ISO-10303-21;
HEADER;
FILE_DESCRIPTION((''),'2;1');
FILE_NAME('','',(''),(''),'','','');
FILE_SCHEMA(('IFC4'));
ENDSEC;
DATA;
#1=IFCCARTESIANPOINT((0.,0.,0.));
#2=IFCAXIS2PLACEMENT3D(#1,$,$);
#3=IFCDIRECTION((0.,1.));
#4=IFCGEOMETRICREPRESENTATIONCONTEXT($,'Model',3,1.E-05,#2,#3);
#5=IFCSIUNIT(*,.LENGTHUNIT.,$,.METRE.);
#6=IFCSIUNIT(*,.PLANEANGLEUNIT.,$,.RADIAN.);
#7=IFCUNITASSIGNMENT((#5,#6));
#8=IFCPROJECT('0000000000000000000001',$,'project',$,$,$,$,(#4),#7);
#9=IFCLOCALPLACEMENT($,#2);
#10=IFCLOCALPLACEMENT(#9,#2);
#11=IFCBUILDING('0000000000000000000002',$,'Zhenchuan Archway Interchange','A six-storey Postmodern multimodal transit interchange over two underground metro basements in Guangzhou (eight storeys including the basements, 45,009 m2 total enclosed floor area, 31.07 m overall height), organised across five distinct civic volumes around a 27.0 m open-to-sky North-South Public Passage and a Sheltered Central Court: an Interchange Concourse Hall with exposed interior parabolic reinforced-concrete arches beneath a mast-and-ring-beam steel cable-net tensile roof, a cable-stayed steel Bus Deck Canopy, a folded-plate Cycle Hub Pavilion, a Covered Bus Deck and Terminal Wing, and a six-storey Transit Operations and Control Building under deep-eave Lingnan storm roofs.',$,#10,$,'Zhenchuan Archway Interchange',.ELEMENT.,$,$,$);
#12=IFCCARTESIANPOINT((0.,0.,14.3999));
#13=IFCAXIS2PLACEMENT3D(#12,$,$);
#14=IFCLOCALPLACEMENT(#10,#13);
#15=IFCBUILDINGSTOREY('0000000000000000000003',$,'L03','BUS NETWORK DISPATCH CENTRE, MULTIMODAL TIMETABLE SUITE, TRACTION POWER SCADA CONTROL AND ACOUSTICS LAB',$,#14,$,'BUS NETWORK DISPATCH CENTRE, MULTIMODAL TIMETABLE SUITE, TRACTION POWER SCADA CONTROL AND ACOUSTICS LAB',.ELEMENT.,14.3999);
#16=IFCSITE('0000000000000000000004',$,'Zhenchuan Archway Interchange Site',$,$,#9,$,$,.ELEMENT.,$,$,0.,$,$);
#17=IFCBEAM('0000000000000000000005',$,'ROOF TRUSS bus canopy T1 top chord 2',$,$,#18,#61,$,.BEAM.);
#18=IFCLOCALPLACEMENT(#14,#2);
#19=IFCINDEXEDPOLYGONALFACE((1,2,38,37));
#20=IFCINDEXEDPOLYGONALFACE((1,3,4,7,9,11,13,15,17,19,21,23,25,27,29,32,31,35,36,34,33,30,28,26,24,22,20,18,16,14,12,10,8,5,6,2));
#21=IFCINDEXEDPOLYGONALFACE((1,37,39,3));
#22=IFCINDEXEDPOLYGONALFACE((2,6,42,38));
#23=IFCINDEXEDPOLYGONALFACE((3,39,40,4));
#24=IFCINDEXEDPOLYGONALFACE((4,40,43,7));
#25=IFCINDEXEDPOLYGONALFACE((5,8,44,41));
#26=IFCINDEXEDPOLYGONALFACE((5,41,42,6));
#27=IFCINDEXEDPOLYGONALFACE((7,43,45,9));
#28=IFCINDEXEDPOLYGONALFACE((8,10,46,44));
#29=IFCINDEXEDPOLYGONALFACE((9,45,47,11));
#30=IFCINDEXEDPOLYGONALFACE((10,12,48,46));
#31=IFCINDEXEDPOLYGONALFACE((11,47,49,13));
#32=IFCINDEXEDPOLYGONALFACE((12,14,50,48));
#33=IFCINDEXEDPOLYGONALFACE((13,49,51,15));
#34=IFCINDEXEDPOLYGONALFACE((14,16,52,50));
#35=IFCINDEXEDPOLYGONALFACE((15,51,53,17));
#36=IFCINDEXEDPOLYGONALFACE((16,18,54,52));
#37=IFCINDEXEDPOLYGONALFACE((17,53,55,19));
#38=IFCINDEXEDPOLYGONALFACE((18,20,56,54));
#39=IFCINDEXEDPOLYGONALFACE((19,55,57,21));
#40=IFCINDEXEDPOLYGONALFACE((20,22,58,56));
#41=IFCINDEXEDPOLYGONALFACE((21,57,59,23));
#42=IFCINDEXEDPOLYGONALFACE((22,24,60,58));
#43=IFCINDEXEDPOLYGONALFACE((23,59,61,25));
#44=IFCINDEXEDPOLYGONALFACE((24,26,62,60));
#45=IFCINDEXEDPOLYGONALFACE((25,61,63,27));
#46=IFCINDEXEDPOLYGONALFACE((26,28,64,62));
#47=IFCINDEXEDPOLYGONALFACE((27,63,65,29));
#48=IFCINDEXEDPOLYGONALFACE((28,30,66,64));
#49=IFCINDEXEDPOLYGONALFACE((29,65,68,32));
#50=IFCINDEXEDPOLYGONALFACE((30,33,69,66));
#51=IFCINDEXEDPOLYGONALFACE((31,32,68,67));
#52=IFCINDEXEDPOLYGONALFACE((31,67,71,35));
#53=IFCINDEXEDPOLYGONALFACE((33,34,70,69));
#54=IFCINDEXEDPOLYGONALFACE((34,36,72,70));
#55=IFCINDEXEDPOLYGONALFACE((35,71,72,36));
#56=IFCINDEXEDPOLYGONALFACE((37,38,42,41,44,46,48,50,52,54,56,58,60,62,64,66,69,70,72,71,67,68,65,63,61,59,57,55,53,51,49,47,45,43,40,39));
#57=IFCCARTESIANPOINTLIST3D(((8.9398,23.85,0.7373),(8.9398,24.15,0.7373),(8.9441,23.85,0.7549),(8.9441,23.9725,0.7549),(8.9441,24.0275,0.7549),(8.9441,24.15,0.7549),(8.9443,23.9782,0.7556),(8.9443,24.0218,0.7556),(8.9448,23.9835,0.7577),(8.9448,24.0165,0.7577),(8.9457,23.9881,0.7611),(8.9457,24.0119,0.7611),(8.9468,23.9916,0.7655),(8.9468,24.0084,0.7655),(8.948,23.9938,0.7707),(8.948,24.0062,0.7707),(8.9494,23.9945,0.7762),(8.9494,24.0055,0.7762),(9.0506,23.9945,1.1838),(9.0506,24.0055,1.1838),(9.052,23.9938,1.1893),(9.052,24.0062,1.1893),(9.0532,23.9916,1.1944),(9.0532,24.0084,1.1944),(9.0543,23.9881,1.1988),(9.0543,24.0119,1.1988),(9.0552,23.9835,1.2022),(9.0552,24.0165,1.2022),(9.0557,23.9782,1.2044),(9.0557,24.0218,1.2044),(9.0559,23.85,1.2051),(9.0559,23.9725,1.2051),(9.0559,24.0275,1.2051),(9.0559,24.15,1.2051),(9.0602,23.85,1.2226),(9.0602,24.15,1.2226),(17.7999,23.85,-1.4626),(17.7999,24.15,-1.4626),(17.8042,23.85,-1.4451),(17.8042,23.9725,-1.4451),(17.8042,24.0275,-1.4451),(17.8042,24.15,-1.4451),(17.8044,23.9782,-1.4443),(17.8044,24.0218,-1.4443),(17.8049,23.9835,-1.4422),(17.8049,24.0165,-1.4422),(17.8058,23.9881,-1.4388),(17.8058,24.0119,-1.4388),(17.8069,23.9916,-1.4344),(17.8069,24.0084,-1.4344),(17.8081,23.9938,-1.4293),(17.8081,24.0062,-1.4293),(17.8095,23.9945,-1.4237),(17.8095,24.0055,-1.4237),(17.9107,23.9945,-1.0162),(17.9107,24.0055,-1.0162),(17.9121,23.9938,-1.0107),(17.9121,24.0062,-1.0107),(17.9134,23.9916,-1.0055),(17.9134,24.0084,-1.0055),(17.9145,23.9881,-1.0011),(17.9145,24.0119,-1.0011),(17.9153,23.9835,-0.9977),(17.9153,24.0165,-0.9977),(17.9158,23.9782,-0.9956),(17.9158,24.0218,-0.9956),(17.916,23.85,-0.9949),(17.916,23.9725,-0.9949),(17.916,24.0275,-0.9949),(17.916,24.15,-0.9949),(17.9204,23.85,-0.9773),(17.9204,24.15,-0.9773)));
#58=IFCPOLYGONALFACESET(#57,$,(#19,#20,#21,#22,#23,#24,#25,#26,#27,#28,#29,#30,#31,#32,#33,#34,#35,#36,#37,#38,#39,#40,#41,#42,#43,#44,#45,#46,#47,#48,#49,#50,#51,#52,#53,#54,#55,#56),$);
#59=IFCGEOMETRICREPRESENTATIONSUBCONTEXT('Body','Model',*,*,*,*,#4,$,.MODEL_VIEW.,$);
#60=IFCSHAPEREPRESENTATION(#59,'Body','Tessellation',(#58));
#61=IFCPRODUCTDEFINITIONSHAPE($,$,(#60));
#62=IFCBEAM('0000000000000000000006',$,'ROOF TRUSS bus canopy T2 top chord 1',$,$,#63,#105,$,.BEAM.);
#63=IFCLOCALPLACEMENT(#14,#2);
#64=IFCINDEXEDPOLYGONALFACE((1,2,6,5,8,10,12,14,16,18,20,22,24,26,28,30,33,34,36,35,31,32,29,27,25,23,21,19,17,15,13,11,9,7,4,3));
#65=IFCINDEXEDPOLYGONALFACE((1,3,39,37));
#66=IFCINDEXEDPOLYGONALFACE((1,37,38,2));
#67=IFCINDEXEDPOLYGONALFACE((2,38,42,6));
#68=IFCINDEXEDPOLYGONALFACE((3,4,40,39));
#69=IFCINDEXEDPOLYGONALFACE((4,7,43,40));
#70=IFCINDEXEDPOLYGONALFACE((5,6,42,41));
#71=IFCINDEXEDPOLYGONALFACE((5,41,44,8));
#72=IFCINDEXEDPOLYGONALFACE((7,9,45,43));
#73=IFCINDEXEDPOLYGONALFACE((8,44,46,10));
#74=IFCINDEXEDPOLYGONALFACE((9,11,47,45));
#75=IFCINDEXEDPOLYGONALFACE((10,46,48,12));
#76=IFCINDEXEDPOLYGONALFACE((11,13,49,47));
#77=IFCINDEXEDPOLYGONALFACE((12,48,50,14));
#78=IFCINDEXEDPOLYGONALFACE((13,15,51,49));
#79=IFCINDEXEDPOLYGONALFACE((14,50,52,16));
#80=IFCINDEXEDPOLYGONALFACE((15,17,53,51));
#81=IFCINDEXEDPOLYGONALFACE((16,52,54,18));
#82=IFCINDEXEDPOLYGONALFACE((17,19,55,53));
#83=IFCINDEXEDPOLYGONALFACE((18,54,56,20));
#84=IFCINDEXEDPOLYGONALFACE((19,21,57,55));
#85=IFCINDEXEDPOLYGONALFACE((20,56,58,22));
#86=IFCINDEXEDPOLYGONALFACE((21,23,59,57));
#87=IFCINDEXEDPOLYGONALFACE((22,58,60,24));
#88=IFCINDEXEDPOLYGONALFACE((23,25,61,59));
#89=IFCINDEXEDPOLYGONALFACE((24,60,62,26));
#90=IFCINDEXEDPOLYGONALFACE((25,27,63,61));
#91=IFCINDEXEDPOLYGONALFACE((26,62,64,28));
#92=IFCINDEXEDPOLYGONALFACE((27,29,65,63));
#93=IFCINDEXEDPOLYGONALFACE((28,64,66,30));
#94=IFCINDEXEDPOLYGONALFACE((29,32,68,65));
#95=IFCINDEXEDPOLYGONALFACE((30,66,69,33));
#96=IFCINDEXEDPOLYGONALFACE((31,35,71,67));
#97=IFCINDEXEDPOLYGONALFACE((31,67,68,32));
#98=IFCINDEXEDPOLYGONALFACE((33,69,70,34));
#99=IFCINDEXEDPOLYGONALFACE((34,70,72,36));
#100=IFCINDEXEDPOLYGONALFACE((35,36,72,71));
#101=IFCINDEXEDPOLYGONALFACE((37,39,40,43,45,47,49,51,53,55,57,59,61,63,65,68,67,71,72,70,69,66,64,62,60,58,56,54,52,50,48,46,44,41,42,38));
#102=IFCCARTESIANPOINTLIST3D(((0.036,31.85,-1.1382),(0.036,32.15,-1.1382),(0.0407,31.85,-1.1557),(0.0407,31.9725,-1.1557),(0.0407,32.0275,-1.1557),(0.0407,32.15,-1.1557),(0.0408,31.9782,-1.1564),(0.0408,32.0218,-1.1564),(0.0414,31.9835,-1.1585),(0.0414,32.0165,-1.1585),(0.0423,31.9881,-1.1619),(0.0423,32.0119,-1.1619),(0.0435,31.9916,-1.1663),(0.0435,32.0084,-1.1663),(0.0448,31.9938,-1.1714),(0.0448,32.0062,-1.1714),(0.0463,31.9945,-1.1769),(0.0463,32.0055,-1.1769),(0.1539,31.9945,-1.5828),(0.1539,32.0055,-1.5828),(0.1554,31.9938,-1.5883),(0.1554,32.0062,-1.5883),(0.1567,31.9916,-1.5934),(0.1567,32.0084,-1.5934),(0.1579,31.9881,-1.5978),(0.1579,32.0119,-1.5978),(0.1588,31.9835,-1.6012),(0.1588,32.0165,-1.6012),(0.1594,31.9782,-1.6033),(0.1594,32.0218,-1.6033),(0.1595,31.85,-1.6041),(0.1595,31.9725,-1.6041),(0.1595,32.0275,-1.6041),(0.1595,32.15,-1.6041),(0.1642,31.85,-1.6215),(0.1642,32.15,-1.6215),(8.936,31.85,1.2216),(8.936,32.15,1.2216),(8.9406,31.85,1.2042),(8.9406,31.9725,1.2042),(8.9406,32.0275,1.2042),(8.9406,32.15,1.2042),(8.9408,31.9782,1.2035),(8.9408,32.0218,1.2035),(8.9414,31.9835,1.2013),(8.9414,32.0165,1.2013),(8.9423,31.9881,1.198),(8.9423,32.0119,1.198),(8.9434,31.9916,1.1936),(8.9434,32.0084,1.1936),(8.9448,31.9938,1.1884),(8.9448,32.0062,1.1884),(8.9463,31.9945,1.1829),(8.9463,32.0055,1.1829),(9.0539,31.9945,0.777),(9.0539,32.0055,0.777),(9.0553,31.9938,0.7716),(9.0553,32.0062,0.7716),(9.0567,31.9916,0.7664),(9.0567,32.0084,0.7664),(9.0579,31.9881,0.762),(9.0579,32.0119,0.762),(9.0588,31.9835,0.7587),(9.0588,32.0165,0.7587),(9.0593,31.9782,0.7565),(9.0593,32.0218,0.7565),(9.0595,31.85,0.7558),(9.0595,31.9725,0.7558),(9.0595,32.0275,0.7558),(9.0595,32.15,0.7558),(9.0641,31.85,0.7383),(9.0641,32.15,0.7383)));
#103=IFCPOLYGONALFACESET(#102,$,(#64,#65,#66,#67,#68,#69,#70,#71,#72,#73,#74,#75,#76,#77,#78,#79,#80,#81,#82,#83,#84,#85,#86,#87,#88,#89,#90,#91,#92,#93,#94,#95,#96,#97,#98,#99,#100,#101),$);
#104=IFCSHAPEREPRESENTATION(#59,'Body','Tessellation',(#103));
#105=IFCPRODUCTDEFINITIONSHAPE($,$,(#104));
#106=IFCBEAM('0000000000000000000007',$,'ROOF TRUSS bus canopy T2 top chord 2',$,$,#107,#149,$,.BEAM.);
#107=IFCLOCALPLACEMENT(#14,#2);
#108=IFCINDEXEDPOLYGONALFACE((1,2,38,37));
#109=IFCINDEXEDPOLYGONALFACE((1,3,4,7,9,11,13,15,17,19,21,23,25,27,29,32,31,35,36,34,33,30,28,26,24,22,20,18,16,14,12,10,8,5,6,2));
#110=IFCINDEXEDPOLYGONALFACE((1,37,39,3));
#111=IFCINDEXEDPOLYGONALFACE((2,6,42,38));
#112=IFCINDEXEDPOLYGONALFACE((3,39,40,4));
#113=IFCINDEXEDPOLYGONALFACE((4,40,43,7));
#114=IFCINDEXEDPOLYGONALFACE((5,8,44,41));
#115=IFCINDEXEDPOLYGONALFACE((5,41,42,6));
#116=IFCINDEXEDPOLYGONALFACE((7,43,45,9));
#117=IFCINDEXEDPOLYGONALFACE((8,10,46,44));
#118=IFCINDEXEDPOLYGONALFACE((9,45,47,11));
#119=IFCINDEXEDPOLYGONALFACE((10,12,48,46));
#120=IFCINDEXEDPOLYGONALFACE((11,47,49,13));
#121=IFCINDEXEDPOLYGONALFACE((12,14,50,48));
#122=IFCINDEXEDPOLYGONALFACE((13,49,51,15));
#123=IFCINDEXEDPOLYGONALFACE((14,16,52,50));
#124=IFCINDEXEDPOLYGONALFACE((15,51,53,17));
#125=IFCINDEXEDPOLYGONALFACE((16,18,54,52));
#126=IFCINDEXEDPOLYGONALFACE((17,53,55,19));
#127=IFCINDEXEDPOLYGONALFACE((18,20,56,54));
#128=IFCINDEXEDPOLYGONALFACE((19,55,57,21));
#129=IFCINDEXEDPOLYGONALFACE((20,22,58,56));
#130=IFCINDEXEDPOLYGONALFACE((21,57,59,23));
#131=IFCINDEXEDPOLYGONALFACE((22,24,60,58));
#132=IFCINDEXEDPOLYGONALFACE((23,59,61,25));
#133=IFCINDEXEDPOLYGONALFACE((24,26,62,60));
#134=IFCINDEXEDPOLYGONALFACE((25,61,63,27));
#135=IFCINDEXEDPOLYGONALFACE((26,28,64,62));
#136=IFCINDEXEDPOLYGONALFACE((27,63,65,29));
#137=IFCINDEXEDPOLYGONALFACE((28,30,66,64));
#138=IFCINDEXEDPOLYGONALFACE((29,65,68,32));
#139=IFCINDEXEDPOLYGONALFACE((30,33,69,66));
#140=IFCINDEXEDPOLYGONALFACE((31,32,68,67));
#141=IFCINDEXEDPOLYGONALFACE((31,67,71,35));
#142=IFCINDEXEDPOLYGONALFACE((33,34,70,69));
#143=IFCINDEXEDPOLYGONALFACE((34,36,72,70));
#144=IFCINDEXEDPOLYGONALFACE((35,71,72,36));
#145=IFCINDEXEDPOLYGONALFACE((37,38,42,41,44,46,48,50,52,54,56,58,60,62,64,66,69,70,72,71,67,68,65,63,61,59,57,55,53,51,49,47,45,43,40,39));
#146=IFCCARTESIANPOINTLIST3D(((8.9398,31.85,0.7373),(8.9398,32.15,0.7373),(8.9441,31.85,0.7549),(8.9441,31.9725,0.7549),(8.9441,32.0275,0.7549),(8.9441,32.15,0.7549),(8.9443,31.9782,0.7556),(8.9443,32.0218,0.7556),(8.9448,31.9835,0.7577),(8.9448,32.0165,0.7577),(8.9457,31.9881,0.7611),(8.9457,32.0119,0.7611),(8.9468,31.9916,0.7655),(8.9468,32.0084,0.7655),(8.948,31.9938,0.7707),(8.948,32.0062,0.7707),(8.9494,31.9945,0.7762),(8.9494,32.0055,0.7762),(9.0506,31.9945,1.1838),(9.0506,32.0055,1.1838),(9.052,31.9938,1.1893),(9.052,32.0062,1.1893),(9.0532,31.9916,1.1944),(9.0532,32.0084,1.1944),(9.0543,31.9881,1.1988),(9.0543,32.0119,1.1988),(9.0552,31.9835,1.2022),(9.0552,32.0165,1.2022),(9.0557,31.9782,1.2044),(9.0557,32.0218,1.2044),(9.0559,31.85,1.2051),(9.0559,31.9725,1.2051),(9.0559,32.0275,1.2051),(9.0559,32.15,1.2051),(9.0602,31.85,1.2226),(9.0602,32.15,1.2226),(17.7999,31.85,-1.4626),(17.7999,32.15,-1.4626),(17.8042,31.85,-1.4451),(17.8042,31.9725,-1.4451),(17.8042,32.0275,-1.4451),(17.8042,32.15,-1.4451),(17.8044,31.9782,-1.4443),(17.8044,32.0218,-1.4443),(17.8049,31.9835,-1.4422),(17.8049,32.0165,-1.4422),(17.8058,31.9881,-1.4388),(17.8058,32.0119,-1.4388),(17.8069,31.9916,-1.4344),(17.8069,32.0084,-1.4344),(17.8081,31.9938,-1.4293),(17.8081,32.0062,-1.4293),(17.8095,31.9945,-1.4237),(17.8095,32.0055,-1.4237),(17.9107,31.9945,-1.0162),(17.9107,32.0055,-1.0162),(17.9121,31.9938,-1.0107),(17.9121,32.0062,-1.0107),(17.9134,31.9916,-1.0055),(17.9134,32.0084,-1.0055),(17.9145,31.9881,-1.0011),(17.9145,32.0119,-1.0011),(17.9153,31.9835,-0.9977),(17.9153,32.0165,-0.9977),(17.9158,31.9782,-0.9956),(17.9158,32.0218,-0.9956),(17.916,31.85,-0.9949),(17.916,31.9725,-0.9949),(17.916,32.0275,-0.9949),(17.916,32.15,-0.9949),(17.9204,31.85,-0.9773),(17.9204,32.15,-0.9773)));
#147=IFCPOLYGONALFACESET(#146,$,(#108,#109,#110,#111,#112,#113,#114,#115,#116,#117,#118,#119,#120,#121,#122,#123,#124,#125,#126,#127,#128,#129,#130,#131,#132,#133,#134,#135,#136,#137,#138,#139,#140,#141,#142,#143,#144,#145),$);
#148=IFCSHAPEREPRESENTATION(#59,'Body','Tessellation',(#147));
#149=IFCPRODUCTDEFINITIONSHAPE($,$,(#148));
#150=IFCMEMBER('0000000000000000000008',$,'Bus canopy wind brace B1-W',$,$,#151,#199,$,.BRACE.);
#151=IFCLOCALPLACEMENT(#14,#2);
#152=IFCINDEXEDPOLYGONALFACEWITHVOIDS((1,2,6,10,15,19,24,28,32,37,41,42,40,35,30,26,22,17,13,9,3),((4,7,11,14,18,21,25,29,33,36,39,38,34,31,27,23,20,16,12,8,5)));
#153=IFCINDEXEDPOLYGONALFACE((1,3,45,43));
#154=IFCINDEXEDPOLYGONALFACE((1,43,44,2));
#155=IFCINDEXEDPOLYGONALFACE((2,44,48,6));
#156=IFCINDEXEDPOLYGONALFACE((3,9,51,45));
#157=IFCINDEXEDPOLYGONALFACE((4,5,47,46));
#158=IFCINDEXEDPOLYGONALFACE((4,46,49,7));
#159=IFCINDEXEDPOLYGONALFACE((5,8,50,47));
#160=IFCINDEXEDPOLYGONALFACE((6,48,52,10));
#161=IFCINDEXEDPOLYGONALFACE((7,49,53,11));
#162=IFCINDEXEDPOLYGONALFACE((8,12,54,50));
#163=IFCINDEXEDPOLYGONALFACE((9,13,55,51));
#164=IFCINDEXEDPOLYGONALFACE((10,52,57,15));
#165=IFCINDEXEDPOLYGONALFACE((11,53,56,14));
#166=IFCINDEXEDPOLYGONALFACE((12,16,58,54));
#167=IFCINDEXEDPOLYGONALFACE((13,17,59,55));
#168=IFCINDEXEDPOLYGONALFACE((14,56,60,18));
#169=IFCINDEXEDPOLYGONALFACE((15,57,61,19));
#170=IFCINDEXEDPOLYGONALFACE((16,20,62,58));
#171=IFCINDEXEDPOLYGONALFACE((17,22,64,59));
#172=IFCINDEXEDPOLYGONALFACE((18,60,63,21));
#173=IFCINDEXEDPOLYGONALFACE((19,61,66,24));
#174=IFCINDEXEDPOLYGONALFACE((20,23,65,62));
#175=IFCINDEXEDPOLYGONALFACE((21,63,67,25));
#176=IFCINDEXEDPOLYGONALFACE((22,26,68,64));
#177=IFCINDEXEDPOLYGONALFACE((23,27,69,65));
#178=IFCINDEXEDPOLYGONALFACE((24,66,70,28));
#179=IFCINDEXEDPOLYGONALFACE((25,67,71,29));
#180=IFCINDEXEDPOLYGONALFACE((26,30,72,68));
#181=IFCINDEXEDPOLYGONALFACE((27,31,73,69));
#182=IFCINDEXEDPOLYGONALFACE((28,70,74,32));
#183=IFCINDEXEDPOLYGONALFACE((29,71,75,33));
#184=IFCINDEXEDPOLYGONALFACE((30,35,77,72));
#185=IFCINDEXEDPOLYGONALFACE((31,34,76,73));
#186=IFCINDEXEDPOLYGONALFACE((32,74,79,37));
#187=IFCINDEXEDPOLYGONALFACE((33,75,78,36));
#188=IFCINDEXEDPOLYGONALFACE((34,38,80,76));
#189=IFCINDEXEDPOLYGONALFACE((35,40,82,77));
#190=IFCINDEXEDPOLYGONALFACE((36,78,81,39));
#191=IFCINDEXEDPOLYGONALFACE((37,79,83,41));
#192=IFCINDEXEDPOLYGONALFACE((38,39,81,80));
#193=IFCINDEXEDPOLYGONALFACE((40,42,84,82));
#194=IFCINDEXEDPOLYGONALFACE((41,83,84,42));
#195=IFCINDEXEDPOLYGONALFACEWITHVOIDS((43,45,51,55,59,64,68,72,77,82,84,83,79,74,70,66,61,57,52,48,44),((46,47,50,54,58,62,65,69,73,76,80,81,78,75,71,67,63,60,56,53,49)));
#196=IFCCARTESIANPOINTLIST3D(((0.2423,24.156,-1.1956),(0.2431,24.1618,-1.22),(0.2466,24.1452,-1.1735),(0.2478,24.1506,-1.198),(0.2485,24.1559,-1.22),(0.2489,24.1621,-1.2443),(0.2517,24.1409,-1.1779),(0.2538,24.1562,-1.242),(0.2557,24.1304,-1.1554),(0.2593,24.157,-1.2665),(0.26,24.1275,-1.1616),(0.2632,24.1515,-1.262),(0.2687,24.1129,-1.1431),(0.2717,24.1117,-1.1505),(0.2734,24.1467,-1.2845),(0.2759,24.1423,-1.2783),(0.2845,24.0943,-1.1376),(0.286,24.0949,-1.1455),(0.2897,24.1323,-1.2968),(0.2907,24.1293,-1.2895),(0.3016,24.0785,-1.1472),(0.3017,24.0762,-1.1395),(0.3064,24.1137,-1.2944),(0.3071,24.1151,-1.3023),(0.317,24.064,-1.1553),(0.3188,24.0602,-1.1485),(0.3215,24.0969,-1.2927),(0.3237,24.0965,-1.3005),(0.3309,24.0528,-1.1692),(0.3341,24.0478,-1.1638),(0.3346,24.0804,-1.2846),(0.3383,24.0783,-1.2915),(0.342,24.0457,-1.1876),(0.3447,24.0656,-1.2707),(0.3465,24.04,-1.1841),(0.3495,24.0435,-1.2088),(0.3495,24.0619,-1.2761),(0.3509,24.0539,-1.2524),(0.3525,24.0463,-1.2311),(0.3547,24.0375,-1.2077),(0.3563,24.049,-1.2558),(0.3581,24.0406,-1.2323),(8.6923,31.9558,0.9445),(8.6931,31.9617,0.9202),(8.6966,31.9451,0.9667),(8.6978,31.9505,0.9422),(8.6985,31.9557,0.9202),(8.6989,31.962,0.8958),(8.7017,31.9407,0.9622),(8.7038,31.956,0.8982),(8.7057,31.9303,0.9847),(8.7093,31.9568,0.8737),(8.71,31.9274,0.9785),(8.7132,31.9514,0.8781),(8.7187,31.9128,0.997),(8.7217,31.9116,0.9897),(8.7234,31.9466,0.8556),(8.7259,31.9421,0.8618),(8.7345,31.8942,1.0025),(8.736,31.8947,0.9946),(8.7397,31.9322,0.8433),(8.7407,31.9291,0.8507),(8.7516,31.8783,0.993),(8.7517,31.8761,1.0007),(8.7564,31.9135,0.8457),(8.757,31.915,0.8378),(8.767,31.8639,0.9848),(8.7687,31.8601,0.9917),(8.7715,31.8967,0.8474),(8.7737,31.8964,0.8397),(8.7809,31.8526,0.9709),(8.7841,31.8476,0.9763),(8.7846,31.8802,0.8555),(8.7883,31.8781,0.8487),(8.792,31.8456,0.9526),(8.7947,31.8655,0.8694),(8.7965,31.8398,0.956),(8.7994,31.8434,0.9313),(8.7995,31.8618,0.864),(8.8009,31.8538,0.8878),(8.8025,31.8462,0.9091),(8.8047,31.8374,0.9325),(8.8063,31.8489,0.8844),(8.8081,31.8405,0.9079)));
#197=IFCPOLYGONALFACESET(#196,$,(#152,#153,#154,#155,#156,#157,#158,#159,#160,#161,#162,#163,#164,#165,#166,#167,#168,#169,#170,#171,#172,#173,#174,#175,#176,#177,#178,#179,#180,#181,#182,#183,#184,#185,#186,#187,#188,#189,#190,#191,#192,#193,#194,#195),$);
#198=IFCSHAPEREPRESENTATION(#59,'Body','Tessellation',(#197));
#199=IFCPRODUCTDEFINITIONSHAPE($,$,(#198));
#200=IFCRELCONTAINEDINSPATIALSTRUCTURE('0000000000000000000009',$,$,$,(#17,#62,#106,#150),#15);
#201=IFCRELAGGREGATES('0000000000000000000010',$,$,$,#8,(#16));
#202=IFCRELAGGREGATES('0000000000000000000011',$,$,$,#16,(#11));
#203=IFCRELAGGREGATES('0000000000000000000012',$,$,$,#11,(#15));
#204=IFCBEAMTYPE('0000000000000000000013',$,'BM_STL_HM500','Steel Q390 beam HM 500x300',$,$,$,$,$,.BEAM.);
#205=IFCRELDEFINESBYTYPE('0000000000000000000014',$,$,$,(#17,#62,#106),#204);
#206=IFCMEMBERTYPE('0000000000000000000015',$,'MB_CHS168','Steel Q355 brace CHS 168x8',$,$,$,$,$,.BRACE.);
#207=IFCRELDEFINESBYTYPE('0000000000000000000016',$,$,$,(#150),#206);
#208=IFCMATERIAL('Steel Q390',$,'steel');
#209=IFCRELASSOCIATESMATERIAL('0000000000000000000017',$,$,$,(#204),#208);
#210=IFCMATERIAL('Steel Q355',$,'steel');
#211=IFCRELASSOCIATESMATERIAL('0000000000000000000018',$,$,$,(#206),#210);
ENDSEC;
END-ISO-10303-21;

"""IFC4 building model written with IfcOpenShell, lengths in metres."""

from ifc_helpers import new_model, si_unit, direction, frame, origin, origin_2d, place, context, subcontext, project, spatial, hollow_circle, i_section, extrude, material, material_profile, profile_set, type_object, element, save


model = new_model("IFC4")

# Units and contexts
model_context = context("Model", 3, precision=1e-05, world=origin(), true_north=direction((0.0, 1.0)))
body_context = subcontext(model_context, "Body", "Model", "MODEL_VIEW")
ifc_project = project(units=[si_unit("LENGTHUNIT", "METRE"), si_unit("PLANEANGLEUNIT", "RADIAN")], contexts=[model_context])

# Site, building, storey
site_placement = place(None, origin())
site = spatial("IfcSite", under=ifc_project, at=site_placement, Name="Zhenchuan Archway Interchange Site", CompositionType="ELEMENT", RefElevation=0.0)
building_placement = place(site_placement, origin())
building = spatial("IfcBuilding", under=site, at=building_placement, Name="Zhenchuan Archway Interchange", Description="A six-storey Postmodern multimodal transit interchange over two underground metro basements in Guangzhou (eight storeys including the basements, 45,009 m2 total enclosed floor area, 31.07 m overall height), organised across five distinct civic volumes around a 27.0 m open-to-sky North-South Public Passage and a Sheltered Central Court: an Interchange Concourse Hall with exposed interior parabolic reinforced-concrete arches beneath a mast-and-ring-beam steel cable-net tensile roof, a cable-stayed steel Bus Deck Canopy, a folded-plate Cycle Hub Pavilion, a Covered Bus Deck and Terminal Wing, and a six-storey Transit Operations and Control Building under deep-eave Lingnan storm roofs.", LongName="Zhenchuan Archway Interchange", CompositionType="ELEMENT")
storey_placement = place(building_placement, frame((0.0, 0.0, 14.3999)))
storey = spatial("IfcBuildingStorey", under=building, at=storey_placement, Name="L03", Description="BUS NETWORK DISPATCH CENTRE, MULTIMODAL TIMETABLE SUITE, TRACTION POWER SCADA CONTROL AND ACOUSTICS LAB", LongName="BUS NETWORK DISPATCH CENTRE, MULTIMODAL TIMETABLE SUITE, TRACTION POWER SCADA CONTROL AND ACOUSTICS LAB", CompositionType="ELEMENT", Elevation=14.3999)

# Shared definitions
ifc_material_1 = material(Name="Steel Q390", Category="steel")
ifc_material_2 = material(Name="Steel Q355", Category="steel")

# Beams
ifc_material_profile_1 = material_profile(ifc_material_1, i_section(OverallWidth=0.3, OverallDepth=0.5, WebThickness=0.011, FlangeThickness=0.0181, FilletRadius=0.022, at=origin_2d()), Name="HM 500x300")
ifc_profile_set_1 = profile_set([ifc_material_profile_1], Name="Steel Q390")
beam_type_1 = type_object("IfcBeamType", Name="BM_STL_HM500", Description="Steel Q390 beam HM 500x300", PredefinedType="BEAM", material=ifc_profile_set_1)
beam_1_placement = place(storey_placement, frame((9.0, 24.0, 0.98), z_axis=(0.97053, 0.0, -0.240981), x_axis=(0.0, 1.0, 0.0)))
element("IfcBeam", 1, at=beam_1_placement, inside=storey, type_object=beam_type_1, Name="ROOF TRUSS bus canopy T1 top chord 2", PredefinedType="BEAM", context=body_context, shape_type="SweptSolid", body=[
    extrude(i_section(OverallWidth=0.3, OverallDepth=0.5, WebThickness=0.011, FlangeThickness=0.0181, FilletRadius=0.022, at=origin_2d()), origin(), (0.0, 0.0, 1.0), 9.1292),
])
beam_2_placement = place(storey_placement, frame((0.1001, 32.0, -1.3799), z_axis=(0.966597, 0.0, 0.256299), x_axis=(0.0, 1.0, 0.0)))
element("IfcBeam", 2, at=beam_2_placement, inside=storey, type_object=beam_type_1, Name="ROOF TRUSS bus canopy T2 top chord 1", PredefinedType="BEAM", context=body_context, shape_type="SweptSolid", body=[
    extrude(i_section(OverallWidth=0.3, OverallDepth=0.5, WebThickness=0.011, FlangeThickness=0.0181, FilletRadius=0.022, at=origin_2d()), origin(), (0.0, 0.0, 1.0), 9.2075),
])
beam_3_placement = place(storey_placement, frame((9.0, 32.0, 0.98), z_axis=(0.97053, 0.0, -0.240981), x_axis=(0.0, 1.0, 0.0)))
element("IfcBeam", 3, at=beam_3_placement, inside=storey, type_object=beam_type_1, Name="ROOF TRUSS bus canopy T2 top chord 2", PredefinedType="BEAM", context=body_context, shape_type="SweptSolid", body=[
    extrude(i_section(OverallWidth=0.3, OverallDepth=0.5, WebThickness=0.011, FlangeThickness=0.0181, FilletRadius=0.022, at=origin_2d()), origin(), (0.0, 0.0, 1.0), 9.1292),
])

# Member
ifc_material_profile_2 = material_profile(ifc_material_2, hollow_circle(Radius=0.084, WallThickness=0.0081, at=origin_2d()), Name="CHS 168x8")
ifc_profile_set_2 = profile_set([ifc_material_profile_2], Name="Steel Q355")
member_type_1 = type_object("IfcMemberType", Name="MB_CHS168", Description="Steel Q355 brace CHS 168x8", PredefinedType="BRACE", material=ifc_profile_set_2)
member_1_placement = place(storey_placement, frame((0.3, 24.1001, -1.22), z_axis=(0.722406, 0.666823, 0.182965), x_axis=(-0.678273, 0.73481, 0.0)))
element("IfcMember", 4, at=member_1_placement, inside=storey, type_object=member_type_1, Name="Bus canopy wind brace B1-W", PredefinedType="BRACE", context=body_context, shape_type="SweptSolid", body=[
    extrude(hollow_circle(Radius=0.084, WallThickness=0.0081, at=origin_2d()), origin(), (0.0, 0.0, 1.0), 11.697),
])

save(model, "model.ifc")
